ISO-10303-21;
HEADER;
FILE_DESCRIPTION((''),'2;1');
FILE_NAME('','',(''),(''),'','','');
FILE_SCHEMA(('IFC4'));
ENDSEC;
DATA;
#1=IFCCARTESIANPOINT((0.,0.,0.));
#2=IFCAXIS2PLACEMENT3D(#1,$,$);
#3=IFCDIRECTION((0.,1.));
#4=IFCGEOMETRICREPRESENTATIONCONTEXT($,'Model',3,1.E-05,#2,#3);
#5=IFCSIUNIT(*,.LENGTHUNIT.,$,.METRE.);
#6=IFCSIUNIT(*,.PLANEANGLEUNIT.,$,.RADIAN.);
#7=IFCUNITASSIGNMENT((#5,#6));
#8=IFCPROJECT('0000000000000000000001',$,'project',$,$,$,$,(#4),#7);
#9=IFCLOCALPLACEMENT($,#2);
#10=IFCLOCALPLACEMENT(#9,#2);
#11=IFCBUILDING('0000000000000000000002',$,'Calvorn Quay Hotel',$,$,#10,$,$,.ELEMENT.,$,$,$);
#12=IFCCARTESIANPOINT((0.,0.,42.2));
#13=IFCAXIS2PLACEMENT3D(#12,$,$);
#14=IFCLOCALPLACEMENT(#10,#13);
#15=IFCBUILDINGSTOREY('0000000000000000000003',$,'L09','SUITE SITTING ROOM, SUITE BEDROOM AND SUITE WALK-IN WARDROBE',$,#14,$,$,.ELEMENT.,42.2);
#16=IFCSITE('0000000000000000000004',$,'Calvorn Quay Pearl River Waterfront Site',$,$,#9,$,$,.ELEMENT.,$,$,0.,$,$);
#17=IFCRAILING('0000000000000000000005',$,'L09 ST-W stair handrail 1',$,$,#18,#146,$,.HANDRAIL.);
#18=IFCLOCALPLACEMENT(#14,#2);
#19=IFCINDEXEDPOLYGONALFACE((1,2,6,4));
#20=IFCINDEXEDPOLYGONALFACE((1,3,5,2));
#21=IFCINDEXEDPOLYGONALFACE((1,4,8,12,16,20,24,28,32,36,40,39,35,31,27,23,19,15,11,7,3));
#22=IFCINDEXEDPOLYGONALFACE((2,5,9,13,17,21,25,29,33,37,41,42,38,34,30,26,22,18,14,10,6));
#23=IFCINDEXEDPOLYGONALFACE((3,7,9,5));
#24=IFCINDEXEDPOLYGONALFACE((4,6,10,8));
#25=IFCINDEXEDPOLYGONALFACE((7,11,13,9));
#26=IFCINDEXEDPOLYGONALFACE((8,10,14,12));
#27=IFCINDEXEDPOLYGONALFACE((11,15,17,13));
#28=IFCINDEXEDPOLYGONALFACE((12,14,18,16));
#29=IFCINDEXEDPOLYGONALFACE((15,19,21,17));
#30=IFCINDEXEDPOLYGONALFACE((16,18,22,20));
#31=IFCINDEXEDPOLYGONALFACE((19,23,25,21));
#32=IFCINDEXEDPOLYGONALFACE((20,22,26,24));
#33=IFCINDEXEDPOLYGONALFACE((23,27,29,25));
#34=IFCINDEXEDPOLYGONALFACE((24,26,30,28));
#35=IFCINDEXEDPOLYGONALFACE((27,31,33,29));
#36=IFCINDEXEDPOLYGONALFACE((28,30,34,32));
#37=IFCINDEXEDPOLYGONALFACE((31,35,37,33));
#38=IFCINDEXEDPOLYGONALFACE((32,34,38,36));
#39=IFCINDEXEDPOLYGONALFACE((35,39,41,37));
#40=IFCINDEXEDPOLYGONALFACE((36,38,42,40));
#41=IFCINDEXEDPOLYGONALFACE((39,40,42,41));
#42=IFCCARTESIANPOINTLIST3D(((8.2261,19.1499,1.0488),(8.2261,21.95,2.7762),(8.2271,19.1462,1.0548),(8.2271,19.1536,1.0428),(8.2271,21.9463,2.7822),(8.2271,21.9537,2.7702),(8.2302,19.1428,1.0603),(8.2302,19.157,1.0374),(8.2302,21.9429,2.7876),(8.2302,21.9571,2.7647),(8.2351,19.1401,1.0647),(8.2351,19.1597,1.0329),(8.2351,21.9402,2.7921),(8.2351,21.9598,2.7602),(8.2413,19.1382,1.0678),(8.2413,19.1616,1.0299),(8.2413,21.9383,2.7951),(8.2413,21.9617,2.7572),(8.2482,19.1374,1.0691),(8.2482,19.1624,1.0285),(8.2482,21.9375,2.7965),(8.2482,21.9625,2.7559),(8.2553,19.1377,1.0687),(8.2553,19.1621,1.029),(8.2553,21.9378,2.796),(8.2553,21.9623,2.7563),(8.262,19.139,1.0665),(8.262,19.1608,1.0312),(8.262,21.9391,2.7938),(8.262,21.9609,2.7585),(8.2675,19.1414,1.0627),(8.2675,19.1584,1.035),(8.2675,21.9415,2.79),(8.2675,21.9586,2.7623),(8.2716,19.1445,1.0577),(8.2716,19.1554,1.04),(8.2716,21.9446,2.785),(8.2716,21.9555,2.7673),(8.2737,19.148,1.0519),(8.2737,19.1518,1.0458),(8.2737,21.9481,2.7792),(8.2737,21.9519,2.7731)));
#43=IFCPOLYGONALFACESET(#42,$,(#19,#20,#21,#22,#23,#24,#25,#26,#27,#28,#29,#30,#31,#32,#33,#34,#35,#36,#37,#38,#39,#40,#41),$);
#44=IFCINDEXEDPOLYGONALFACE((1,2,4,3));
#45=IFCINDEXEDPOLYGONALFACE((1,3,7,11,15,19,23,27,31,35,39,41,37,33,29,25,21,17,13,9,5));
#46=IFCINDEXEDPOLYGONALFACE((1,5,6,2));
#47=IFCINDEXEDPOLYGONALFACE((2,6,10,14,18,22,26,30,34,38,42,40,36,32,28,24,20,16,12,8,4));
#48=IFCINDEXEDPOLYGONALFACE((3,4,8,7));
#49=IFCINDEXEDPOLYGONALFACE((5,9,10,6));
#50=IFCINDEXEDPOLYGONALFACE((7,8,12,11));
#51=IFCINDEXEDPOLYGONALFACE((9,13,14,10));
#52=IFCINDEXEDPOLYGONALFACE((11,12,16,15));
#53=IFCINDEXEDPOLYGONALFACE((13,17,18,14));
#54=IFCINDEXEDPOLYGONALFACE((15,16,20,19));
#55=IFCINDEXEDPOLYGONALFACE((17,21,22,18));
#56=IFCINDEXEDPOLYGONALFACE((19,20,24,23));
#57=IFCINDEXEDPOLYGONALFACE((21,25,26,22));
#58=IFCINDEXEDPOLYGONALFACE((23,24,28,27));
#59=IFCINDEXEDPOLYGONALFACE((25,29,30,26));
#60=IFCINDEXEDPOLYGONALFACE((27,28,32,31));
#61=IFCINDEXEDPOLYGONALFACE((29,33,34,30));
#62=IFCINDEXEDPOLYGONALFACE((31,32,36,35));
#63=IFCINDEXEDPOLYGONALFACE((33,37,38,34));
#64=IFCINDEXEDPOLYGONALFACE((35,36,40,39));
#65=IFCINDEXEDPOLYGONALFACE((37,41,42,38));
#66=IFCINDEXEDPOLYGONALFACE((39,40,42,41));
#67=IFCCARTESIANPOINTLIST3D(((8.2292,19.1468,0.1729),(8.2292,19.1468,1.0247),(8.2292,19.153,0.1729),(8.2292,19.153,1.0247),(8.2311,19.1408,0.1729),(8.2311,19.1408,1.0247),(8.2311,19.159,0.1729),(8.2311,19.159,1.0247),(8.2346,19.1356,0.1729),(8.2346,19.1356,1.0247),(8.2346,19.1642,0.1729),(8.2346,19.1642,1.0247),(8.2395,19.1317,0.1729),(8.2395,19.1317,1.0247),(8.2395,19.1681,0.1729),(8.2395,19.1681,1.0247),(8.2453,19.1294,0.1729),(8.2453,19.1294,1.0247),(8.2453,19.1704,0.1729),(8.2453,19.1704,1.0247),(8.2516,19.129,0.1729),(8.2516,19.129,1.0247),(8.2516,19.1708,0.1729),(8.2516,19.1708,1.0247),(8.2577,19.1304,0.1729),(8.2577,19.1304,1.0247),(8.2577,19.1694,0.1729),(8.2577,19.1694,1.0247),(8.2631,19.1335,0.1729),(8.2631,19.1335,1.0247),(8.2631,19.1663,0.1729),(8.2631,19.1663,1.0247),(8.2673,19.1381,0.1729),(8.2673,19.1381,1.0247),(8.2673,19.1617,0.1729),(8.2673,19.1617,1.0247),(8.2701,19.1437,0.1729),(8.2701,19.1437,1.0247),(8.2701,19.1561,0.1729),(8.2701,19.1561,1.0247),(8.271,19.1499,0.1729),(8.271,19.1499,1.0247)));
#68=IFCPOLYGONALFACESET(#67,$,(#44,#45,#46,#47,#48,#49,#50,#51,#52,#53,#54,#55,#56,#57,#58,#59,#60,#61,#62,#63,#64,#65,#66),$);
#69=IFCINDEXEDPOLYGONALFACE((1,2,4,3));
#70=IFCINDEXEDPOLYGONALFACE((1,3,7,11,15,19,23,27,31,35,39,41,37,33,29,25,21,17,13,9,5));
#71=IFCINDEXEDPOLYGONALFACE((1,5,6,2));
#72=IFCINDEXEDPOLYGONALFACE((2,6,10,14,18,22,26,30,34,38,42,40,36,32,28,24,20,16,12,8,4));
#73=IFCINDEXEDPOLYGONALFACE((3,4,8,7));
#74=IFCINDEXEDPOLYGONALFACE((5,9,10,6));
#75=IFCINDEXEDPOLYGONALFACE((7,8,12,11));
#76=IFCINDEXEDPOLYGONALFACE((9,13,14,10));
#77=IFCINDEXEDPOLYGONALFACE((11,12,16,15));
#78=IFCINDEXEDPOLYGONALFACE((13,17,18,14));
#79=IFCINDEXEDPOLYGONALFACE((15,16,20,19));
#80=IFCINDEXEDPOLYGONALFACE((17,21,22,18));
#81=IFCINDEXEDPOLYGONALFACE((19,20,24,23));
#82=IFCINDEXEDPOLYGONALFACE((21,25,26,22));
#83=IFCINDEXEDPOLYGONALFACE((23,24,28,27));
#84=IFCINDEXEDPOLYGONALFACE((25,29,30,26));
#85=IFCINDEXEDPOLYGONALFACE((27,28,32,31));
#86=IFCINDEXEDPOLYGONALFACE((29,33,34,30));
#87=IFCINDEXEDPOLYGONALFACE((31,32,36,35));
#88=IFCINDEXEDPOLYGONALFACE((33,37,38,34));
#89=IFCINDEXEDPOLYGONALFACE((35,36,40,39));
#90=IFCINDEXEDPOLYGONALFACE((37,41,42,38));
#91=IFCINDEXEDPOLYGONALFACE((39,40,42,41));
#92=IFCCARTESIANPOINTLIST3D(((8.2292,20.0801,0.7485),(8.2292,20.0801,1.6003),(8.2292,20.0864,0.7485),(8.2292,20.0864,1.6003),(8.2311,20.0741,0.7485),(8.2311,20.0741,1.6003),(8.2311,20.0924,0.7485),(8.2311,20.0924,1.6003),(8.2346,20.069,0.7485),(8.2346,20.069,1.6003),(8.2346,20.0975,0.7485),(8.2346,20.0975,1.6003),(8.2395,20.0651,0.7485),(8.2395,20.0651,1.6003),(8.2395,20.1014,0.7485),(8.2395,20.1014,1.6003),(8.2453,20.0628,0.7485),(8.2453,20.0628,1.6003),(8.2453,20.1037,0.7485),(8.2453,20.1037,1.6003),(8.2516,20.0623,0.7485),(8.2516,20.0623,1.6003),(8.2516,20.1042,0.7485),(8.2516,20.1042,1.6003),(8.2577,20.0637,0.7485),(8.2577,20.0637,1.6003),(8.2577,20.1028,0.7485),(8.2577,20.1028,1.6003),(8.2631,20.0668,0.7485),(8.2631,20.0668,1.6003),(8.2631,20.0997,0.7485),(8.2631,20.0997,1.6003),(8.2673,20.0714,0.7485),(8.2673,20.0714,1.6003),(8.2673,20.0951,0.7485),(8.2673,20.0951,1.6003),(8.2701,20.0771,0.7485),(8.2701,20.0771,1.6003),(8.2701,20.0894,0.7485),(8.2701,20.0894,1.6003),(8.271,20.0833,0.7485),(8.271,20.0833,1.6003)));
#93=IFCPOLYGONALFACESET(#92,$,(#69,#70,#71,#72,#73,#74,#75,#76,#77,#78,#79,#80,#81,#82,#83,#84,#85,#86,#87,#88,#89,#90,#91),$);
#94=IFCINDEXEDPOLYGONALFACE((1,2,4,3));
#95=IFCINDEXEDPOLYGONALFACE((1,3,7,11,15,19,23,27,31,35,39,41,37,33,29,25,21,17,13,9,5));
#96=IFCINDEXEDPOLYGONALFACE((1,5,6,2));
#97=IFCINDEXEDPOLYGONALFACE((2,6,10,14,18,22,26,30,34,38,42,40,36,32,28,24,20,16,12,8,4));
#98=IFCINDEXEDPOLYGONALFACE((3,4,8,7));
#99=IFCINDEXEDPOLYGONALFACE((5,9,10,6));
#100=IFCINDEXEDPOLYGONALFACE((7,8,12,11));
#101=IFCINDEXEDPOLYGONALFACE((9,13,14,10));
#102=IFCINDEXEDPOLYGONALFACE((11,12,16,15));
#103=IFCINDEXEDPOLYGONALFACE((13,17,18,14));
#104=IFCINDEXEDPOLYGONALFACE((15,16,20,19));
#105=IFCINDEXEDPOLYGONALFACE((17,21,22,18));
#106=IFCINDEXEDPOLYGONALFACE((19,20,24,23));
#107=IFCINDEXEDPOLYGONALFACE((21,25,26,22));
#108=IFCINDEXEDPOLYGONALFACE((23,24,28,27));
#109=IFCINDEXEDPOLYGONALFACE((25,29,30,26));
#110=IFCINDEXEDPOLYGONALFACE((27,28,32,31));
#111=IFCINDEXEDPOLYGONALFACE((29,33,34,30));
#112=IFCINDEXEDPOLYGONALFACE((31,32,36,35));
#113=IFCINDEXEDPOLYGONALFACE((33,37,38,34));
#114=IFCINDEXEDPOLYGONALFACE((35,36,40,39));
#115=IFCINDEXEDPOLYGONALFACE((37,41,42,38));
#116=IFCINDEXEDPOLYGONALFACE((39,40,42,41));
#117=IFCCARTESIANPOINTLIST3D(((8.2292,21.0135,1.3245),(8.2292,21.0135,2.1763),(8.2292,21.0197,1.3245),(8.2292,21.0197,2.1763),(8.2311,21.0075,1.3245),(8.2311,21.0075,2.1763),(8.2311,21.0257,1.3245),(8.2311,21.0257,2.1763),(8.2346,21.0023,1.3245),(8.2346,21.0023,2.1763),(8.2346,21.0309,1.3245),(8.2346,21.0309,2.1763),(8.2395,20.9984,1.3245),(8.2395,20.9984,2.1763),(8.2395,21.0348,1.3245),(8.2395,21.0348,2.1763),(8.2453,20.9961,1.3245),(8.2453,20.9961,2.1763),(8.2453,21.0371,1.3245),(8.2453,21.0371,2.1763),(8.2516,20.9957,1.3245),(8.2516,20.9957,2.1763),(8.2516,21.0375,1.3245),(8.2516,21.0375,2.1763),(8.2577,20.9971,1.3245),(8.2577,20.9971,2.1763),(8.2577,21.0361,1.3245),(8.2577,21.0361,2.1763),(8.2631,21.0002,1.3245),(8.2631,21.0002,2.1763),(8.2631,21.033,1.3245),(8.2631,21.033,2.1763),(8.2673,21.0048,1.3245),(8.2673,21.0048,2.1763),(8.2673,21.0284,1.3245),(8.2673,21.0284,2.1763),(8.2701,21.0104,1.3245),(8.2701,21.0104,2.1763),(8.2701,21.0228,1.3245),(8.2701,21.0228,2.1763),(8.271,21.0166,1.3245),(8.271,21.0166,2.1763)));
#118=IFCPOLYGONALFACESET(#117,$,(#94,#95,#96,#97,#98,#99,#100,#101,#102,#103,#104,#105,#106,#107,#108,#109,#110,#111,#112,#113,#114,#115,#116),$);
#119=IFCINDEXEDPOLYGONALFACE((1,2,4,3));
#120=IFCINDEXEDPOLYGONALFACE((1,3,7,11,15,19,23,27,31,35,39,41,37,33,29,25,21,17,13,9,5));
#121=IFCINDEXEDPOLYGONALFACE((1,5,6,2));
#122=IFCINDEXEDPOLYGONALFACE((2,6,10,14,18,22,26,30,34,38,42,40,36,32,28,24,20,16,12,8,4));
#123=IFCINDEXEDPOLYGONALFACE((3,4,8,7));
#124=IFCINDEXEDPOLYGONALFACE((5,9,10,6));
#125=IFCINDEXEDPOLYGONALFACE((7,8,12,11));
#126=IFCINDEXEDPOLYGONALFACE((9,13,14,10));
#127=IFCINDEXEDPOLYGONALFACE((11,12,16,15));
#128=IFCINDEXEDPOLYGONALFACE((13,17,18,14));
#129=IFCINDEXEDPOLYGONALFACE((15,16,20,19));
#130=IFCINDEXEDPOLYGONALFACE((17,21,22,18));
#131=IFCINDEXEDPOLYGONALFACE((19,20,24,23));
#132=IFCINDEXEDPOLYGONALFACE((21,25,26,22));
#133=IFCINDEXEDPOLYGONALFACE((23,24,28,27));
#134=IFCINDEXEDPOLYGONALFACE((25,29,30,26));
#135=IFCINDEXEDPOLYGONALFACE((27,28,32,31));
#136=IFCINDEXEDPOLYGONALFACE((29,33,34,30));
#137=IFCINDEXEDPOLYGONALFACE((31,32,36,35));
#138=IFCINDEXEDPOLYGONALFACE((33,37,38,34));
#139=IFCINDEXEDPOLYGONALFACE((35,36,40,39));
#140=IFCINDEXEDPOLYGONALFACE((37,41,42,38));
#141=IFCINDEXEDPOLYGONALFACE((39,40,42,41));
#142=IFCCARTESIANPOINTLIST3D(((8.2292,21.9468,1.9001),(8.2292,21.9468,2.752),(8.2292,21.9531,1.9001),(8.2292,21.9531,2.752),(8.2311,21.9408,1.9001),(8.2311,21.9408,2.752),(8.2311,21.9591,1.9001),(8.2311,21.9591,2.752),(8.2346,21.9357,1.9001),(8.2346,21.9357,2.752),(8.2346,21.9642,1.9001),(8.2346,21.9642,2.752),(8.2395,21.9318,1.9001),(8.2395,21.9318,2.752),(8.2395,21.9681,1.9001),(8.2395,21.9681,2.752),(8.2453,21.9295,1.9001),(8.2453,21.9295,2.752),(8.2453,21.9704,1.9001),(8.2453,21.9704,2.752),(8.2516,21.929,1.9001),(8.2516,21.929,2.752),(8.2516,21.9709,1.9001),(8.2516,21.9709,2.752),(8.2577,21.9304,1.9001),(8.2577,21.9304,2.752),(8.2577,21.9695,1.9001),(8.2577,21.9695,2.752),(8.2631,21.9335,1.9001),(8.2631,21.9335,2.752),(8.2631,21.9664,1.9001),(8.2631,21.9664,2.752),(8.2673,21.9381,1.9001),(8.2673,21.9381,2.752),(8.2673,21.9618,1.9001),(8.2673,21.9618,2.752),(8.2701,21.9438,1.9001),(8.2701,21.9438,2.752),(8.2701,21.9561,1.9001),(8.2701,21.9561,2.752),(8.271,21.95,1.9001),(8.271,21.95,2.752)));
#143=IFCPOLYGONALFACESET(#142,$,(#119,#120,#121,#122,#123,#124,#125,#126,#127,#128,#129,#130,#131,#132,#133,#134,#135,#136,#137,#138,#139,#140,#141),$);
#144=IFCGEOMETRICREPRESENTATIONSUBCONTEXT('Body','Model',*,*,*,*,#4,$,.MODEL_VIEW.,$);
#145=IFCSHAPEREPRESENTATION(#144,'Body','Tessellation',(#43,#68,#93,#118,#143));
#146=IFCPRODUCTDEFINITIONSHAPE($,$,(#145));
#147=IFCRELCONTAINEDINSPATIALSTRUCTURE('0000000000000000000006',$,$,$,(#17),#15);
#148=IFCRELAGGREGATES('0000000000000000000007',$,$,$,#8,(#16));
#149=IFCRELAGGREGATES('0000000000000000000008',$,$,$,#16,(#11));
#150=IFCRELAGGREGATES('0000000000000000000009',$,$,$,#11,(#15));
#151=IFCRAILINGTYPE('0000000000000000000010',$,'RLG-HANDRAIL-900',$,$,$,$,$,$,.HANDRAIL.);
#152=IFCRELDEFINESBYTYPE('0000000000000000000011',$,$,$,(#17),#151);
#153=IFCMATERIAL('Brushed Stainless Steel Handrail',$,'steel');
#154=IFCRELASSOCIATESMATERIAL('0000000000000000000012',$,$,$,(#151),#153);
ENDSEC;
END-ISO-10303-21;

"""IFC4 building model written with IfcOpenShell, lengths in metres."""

from ifc_helpers import new_model, si_unit, direction, frame, origin, origin_2d, place, context, subcontext, project, spatial, circle, extrude, material, type_object, element, save


model = new_model("IFC4")

# Units and contexts
model_context = context("Model", 3, precision=1e-05, world=origin(), true_north=direction((0.0, 1.0)))
body_context = subcontext(model_context, "Body", "Model", "MODEL_VIEW")
ifc_project = project(units=[si_unit("LENGTHUNIT", "METRE"), si_unit("PLANEANGLEUNIT", "RADIAN")], contexts=[model_context])

# Site, building, storey
site_placement = place(None, origin())
site = spatial("IfcSite", under=ifc_project, at=site_placement, Name="Calvorn Quay Pearl River Waterfront Site", CompositionType="ELEMENT", RefElevation=0.0)
building_placement = place(site_placement, origin())
building = spatial("IfcBuilding", under=site, at=building_placement, Name="Calvorn Quay Hotel", CompositionType="ELEMENT")
storey_placement = place(building_placement, frame((0.0, 0.0, 42.2)))
storey = spatial("IfcBuildingStorey", under=building, at=storey_placement, Name="L09", Description="SUITE SITTING ROOM, SUITE BEDROOM AND SUITE WALK-IN WARDROBE", CompositionType="ELEMENT", Elevation=42.2)

# Railing
ifc_material_1 = material(Name="Brushed Stainless Steel Handrail", Category="steel")
railing_type_1 = type_object("IfcRailingType", Name="RLG-HANDRAIL-900", PredefinedType="HANDRAIL", material=ifc_material_1)
railing_1_placement = place(storey_placement, frame((8.25, 19.1499, 0.1729)))
element("IfcRailing", 1, at=railing_1_placement, inside=storey, type_object=railing_type_1, Name="L09 ST-W stair handrail 1", PredefinedType="HANDRAIL", context=body_context, shape_type="SweptSolid", body=[
    extrude(circle(Radius=0.0239, at=origin_2d()), frame((0.0, 0.0, 0.876), z_axis=(0.0, 0.85109, 0.52502), x_axis=(-1.0, 0.0, 0.0)), (0.0, 0.0, 1.0), 3.29),
    extrude(circle(Radius=0.021, at=origin_2d()), origin(), (0.0, 0.0, 1.0), 0.8518),
    extrude(circle(Radius=0.021, at=origin_2d()), frame((0.0, 0.9333, 0.5757)), (0.0, 0.0, 1.0), 0.8518),
    extrude(circle(Radius=0.021, at=origin_2d()), frame((0.0, 1.8667, 1.1516)), (0.0, 0.0, 1.0), 0.8518),
    extrude(circle(Radius=0.021, at=origin_2d()), frame((0.0, 2.8, 1.7273)), (0.0, 0.0, 1.0), 0.8518),
])

save(model, "model.ifc")
